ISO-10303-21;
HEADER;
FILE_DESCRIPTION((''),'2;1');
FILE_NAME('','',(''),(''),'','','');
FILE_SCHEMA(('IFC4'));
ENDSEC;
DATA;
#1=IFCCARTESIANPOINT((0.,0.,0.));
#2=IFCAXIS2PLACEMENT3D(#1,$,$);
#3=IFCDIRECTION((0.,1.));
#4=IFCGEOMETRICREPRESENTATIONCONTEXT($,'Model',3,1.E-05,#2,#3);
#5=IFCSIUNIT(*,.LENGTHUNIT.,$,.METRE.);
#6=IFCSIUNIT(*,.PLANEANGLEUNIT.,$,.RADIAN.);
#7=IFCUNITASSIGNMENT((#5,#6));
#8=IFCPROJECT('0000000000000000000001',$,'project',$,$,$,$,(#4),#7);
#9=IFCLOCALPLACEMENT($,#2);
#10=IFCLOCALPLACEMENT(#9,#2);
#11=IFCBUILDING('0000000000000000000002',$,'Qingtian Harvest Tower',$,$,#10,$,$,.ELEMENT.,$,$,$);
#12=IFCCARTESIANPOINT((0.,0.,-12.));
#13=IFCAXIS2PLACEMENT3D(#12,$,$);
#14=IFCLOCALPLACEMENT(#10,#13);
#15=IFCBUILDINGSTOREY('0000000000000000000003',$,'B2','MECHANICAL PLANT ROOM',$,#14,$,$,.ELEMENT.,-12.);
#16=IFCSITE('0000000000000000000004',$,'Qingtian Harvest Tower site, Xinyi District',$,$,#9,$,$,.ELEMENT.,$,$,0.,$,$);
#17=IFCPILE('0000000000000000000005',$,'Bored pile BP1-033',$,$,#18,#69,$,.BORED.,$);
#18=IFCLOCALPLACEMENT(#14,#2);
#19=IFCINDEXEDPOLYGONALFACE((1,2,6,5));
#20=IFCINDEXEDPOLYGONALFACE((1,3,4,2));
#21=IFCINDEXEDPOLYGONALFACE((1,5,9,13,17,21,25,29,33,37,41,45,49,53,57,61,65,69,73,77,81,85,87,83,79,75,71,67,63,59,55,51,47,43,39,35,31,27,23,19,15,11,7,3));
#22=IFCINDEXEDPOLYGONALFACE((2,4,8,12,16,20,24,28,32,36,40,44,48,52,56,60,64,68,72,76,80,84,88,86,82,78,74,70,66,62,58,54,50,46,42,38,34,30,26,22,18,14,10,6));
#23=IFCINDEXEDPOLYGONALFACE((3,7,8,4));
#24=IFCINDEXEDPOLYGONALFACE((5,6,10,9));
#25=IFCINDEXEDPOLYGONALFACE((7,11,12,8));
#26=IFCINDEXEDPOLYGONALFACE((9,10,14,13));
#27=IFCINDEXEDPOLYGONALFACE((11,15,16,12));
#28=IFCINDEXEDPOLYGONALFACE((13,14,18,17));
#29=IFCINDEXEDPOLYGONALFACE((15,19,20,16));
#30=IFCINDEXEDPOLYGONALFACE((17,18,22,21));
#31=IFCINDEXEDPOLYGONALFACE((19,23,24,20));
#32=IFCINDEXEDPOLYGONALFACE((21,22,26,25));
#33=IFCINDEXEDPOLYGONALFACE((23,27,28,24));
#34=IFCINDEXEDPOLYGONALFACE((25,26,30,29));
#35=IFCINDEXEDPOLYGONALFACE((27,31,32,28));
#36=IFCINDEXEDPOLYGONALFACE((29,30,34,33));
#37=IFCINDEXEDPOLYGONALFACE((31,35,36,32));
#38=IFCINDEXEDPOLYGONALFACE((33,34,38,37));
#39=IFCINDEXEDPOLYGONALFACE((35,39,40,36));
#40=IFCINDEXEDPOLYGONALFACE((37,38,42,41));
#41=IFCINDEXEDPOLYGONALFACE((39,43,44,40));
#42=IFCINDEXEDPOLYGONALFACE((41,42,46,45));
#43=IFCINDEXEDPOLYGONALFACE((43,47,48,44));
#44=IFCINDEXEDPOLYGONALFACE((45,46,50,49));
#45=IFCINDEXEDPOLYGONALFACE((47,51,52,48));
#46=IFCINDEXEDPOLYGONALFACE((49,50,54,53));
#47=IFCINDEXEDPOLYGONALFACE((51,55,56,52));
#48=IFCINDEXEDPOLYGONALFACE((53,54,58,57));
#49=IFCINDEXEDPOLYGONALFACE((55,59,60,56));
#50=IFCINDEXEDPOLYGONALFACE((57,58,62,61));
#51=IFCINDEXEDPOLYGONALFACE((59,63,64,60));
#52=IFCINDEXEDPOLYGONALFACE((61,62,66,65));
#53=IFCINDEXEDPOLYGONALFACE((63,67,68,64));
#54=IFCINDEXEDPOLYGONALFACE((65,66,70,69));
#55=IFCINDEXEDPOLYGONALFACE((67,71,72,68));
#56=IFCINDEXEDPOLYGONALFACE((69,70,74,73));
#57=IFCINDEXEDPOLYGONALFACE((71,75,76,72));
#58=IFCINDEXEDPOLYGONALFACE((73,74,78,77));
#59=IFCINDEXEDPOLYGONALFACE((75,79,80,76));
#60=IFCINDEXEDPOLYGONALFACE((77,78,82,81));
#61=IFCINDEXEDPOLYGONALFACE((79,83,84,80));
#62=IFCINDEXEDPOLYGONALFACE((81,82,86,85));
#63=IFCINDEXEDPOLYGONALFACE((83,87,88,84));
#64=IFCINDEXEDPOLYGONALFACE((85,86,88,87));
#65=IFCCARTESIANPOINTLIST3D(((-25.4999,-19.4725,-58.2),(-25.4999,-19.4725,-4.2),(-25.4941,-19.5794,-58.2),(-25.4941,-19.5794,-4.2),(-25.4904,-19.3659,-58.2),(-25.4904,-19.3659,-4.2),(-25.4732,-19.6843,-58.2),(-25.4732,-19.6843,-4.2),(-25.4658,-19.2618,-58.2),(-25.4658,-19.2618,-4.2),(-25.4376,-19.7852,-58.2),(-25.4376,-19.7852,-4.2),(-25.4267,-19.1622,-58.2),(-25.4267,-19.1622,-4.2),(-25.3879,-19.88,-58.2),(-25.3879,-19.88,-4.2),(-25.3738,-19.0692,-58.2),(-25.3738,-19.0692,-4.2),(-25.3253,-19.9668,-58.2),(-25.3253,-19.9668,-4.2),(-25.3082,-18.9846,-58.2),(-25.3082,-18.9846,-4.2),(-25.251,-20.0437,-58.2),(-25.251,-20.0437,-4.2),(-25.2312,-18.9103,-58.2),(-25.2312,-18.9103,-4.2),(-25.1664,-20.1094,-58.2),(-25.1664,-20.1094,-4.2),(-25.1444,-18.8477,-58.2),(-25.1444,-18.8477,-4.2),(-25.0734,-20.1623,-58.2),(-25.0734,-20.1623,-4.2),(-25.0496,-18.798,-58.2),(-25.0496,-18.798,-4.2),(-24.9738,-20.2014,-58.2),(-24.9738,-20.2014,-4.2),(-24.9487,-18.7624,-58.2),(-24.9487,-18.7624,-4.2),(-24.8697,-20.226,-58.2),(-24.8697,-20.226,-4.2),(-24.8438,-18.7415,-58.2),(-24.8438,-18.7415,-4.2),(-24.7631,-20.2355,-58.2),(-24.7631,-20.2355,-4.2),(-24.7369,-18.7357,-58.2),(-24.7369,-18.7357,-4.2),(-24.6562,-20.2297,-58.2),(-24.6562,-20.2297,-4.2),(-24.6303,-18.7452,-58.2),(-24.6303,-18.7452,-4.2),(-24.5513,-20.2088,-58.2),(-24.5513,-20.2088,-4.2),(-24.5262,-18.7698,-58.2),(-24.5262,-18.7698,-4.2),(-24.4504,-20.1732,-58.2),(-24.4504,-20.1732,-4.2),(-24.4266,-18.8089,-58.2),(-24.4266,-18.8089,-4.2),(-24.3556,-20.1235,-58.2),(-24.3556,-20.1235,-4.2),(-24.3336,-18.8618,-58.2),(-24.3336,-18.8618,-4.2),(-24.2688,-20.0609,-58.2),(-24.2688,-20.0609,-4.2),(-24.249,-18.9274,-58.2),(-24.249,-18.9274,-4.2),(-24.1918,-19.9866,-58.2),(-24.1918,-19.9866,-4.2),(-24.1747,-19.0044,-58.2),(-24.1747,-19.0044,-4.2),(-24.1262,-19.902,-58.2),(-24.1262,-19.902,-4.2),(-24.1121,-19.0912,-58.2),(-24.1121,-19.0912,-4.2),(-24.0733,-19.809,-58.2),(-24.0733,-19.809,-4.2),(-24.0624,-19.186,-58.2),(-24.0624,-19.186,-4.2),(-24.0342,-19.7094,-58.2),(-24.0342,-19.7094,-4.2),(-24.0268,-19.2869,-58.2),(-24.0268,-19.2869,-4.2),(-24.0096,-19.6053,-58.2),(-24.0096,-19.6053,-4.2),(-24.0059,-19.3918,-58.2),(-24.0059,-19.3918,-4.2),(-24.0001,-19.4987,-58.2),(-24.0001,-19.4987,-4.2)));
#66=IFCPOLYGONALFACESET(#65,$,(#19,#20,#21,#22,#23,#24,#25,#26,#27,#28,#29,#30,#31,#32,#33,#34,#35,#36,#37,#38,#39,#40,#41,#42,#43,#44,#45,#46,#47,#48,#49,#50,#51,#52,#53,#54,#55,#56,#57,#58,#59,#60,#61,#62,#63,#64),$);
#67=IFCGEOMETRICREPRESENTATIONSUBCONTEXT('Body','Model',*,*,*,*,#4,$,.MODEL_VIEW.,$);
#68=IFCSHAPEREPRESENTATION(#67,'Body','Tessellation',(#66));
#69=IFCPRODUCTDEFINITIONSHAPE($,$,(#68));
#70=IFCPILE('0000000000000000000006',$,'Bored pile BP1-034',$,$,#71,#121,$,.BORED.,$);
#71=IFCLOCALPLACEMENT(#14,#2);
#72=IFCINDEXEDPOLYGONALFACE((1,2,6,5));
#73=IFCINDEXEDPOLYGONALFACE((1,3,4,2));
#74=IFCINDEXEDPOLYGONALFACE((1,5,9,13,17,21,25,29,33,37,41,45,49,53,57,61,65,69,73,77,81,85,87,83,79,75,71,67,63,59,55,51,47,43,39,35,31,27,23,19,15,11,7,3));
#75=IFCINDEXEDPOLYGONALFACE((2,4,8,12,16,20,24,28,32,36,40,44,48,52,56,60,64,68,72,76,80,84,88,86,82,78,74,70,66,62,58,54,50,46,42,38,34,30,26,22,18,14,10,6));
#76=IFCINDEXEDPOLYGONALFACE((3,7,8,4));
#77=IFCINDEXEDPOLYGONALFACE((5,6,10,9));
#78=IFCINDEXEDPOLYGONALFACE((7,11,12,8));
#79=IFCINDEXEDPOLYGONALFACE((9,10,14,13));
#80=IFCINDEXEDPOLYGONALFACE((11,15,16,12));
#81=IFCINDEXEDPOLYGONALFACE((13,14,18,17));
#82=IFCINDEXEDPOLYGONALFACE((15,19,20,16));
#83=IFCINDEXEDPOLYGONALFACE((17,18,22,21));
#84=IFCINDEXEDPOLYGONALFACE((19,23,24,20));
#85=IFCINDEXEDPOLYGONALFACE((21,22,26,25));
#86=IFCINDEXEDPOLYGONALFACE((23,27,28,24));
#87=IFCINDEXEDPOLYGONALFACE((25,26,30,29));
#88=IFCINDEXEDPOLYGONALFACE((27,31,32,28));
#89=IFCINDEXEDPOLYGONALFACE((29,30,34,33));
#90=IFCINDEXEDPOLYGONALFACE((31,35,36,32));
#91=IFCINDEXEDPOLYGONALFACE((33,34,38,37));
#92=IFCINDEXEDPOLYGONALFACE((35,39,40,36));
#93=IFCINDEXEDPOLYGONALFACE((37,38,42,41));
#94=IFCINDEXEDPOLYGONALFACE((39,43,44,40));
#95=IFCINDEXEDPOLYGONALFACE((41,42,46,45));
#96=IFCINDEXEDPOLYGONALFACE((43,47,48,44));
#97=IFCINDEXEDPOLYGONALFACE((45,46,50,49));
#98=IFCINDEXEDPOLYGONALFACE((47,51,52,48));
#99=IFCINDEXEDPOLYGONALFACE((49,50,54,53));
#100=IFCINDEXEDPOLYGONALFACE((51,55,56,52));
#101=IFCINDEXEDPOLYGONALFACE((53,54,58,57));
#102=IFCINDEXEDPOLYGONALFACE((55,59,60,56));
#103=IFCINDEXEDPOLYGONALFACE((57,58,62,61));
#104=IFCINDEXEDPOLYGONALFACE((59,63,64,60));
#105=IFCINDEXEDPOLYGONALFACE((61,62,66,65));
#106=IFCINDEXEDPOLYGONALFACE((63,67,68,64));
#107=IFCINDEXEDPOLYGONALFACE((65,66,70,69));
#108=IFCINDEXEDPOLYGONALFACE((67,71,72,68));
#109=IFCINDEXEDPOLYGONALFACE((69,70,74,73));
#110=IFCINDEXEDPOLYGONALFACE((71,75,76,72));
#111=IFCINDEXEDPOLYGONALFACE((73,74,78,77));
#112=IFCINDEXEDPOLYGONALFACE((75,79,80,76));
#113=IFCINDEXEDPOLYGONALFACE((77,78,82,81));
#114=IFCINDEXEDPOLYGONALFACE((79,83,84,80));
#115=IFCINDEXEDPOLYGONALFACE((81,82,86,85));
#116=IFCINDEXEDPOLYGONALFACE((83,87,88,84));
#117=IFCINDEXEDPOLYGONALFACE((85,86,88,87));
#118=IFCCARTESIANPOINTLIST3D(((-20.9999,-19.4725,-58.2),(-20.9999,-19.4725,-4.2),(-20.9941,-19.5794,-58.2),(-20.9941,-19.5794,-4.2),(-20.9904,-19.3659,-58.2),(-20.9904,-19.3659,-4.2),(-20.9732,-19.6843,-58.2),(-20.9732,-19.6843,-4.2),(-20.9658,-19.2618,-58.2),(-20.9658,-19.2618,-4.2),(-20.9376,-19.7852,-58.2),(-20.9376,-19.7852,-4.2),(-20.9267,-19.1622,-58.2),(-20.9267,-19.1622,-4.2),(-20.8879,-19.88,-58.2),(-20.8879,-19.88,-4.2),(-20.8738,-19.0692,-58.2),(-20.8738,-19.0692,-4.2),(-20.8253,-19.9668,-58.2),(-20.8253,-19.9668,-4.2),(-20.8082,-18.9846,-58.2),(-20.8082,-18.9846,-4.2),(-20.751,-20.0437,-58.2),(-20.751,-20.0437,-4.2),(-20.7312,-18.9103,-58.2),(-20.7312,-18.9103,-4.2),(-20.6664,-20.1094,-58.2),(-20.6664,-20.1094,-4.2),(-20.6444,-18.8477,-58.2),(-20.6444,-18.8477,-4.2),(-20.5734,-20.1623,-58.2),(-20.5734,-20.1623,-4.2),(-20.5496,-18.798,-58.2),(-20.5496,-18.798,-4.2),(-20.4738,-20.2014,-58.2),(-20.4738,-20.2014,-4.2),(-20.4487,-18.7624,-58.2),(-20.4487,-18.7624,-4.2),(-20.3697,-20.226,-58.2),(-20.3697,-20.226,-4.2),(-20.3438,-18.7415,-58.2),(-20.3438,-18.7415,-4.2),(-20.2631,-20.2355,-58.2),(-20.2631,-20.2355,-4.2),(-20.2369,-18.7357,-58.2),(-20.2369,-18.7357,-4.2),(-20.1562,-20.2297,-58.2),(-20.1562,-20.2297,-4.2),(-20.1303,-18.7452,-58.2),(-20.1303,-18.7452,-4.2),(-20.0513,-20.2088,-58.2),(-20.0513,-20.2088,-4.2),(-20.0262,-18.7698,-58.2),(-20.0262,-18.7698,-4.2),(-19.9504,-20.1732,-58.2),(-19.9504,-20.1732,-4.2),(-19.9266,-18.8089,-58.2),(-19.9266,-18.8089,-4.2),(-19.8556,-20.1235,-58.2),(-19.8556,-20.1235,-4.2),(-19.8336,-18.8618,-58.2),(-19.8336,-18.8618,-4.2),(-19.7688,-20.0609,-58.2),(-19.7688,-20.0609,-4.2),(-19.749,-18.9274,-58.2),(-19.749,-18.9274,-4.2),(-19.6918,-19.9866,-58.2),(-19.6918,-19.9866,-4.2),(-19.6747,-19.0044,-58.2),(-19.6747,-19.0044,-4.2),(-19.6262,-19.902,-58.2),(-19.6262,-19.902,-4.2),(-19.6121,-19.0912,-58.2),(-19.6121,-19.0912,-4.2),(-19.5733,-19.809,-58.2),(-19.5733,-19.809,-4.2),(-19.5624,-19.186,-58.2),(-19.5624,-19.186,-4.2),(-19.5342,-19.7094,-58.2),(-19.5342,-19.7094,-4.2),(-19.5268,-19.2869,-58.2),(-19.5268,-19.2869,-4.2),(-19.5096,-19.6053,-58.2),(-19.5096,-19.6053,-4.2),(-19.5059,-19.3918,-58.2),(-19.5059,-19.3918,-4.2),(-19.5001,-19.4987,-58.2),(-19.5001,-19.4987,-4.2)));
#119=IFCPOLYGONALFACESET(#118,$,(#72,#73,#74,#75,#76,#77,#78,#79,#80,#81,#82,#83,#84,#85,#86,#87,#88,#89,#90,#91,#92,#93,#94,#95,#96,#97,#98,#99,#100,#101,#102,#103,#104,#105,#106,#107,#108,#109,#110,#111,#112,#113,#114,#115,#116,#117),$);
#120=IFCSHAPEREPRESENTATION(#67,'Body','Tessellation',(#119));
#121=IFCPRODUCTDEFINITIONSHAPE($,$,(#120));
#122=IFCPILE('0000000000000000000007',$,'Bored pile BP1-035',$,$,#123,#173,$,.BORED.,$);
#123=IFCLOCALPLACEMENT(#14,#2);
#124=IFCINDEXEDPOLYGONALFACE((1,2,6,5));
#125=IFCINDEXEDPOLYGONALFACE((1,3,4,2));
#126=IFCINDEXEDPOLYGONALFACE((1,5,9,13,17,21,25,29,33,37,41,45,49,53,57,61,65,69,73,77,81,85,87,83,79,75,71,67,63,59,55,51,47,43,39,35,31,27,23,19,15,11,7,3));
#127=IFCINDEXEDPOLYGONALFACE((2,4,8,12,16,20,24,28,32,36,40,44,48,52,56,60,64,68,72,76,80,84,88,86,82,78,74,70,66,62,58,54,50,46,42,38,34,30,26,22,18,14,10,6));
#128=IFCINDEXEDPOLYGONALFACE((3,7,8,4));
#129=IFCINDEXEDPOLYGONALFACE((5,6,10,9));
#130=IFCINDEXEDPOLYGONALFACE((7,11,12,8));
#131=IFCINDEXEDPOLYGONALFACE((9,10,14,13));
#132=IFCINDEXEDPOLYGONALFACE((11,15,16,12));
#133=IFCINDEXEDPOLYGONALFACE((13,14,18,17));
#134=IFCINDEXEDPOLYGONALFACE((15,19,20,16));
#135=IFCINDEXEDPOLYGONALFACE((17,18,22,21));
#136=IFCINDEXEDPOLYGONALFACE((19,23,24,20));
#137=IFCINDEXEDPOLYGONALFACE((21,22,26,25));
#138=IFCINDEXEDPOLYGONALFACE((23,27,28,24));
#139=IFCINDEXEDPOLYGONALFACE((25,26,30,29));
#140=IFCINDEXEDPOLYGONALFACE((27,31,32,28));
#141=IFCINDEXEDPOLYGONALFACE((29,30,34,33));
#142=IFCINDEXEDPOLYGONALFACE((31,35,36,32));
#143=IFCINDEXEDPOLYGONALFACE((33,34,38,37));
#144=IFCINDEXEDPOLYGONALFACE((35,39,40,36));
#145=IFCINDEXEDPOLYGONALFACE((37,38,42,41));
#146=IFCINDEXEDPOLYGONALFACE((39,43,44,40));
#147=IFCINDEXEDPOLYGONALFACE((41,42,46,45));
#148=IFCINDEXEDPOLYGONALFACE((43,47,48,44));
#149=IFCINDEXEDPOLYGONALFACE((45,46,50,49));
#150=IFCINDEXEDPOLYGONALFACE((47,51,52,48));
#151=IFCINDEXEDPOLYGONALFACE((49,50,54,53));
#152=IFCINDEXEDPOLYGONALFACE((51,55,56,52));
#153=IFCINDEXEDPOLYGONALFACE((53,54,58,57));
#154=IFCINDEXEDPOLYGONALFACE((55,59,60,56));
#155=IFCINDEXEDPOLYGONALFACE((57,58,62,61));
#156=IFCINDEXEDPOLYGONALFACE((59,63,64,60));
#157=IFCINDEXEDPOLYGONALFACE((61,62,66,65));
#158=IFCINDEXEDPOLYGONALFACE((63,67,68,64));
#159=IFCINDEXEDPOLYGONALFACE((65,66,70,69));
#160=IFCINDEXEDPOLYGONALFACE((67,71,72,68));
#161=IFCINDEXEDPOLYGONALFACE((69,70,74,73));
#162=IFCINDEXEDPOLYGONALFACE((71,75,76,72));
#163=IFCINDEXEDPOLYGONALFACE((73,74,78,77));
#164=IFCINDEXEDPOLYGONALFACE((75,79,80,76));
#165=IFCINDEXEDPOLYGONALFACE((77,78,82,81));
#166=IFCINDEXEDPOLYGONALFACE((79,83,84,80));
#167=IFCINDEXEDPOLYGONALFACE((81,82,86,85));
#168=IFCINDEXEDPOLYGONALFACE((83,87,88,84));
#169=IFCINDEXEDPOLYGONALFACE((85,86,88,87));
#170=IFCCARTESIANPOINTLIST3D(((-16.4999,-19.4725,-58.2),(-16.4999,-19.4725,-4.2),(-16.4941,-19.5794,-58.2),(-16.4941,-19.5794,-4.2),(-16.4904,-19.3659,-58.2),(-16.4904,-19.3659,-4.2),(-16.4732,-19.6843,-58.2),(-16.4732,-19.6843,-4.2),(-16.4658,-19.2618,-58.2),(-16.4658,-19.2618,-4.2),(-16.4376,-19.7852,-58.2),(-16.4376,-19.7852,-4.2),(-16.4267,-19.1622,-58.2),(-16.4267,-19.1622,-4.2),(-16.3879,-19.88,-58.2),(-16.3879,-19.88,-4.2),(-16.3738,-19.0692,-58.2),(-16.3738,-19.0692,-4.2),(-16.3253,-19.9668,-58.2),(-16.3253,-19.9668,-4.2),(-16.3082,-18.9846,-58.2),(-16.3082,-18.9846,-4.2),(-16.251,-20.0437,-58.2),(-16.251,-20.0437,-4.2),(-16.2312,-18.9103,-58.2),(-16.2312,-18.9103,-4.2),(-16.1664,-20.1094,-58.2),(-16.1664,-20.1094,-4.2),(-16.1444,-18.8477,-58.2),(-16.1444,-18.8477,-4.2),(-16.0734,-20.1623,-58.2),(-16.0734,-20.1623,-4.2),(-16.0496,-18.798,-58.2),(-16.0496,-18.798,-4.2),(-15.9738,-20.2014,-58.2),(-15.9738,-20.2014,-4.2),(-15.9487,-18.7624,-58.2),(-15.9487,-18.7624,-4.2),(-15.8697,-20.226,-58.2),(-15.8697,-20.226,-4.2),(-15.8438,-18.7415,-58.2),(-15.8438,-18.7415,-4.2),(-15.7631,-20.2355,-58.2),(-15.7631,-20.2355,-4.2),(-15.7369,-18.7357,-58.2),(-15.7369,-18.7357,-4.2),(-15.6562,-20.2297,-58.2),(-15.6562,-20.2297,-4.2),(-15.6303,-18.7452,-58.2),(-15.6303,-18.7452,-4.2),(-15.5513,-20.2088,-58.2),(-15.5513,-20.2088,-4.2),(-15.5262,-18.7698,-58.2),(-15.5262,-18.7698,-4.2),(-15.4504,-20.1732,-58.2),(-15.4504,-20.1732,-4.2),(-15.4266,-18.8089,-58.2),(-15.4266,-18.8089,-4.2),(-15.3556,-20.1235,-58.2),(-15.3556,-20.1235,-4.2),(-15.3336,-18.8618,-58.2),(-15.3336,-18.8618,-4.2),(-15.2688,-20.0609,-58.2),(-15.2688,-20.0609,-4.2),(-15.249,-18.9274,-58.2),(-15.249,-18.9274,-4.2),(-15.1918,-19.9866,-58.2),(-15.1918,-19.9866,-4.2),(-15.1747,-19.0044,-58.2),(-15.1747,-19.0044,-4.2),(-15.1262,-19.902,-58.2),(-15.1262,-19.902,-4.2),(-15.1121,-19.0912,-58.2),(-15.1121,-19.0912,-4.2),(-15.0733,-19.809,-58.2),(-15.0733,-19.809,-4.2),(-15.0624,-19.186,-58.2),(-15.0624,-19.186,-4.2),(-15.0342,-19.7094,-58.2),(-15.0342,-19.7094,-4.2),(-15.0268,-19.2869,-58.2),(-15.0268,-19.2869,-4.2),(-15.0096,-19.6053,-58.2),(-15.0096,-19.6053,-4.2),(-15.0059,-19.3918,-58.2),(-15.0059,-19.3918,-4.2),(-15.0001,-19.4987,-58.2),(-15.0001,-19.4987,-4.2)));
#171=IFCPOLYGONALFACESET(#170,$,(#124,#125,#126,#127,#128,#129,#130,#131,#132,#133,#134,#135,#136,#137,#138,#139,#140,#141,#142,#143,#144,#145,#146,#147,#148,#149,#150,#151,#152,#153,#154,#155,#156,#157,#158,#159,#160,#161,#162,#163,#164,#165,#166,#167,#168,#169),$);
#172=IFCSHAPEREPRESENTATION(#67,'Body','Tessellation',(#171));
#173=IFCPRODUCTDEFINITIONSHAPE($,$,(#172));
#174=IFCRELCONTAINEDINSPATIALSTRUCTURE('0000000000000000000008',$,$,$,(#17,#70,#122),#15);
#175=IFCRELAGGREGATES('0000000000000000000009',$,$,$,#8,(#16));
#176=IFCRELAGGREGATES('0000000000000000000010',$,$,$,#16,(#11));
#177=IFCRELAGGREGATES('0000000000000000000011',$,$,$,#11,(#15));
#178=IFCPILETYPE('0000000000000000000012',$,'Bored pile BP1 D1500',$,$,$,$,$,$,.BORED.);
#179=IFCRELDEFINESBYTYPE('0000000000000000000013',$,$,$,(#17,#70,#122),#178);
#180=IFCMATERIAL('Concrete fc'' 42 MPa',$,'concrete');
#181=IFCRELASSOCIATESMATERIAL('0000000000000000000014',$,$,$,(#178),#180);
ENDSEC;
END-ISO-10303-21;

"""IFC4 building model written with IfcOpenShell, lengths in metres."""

from ifc_helpers import new_model, si_unit, direction, frame, frame_2d, origin, place, context, subcontext, project, spatial, circle, extrude, material, material_profile, profile_set, type_object, element, save


model = new_model("IFC4")

# Units and contexts
model_context = context("Model", 3, precision=1e-05, world=origin(), true_north=direction((0.0, 1.0)))
body_context = subcontext(model_context, "Body", "Model", "MODEL_VIEW")
ifc_project = project(units=[si_unit("LENGTHUNIT", "METRE"), si_unit("PLANEANGLEUNIT", "RADIAN")], contexts=[model_context])

# Site, building, storey
site_placement = place(None, origin())
site = spatial("IfcSite", under=ifc_project, at=site_placement, Name="Qingtian Harvest Tower site, Xinyi District", CompositionType="ELEMENT", RefElevation=0.0)
building_placement = place(site_placement, origin())
building = spatial("IfcBuilding", under=site, at=building_placement, Name="Qingtian Harvest Tower", CompositionType="ELEMENT")
storey_placement = place(building_placement, frame((0.0, 0.0, -12.0)))
storey = spatial("IfcBuildingStorey", under=building, at=storey_placement, Name="B2", Description="MECHANICAL PLANT ROOM", CompositionType="ELEMENT", Elevation=-12.0)

# Piles
ifc_material_1 = material(Name="Concrete fc' 42 MPa", Category="concrete")
ifc_material_profile_1 = material_profile(ifc_material_1, circle(Radius=0.75, at=frame_2d((0.0, 0.0), x_axis=(0.999848, 0.017452))), Name="Bored pile BP1 D1500")
ifc_profile_set_1 = profile_set([ifc_material_profile_1], Name="Concrete fc' 42 MPa")
pile_type = type_object("IfcPileType", Name="Bored pile BP1 D1500", PredefinedType="BORED", material=ifc_profile_set_1)
for number, where, z_axis, x_axis, name in (
    (1, (-24.75, -19.4856, -4.2), (0.0, 0.0, -1.0), (1.0, 0.0, 0.0), "Bored pile BP1-033"),
    (2, (-20.25, -19.4856, -4.2), (0.0, 0.0, -1.0), (1.0, 0.0, 0.0), "Bored pile BP1-034"),
    (3, (-15.75, -19.4856, -4.2), (0.0, 0.0, -1.0), (1.0, 0.0, 0.0), "Bored pile BP1-035"),
):
    element("IfcPile", number, at=place(storey_placement, frame(where, z_axis=z_axis, x_axis=x_axis)), inside=storey, type_object=pile_type, Name=name, PredefinedType="BORED", context=body_context, shape_type="SweptSolid", body=[
        extrude(circle(Radius=0.75, at=frame_2d((0.0, 0.0), x_axis=(0.999848, 0.017452))), origin(), (0.0, 0.0, 1.0), 54.0),
    ])

save(model, "model.ifc")
